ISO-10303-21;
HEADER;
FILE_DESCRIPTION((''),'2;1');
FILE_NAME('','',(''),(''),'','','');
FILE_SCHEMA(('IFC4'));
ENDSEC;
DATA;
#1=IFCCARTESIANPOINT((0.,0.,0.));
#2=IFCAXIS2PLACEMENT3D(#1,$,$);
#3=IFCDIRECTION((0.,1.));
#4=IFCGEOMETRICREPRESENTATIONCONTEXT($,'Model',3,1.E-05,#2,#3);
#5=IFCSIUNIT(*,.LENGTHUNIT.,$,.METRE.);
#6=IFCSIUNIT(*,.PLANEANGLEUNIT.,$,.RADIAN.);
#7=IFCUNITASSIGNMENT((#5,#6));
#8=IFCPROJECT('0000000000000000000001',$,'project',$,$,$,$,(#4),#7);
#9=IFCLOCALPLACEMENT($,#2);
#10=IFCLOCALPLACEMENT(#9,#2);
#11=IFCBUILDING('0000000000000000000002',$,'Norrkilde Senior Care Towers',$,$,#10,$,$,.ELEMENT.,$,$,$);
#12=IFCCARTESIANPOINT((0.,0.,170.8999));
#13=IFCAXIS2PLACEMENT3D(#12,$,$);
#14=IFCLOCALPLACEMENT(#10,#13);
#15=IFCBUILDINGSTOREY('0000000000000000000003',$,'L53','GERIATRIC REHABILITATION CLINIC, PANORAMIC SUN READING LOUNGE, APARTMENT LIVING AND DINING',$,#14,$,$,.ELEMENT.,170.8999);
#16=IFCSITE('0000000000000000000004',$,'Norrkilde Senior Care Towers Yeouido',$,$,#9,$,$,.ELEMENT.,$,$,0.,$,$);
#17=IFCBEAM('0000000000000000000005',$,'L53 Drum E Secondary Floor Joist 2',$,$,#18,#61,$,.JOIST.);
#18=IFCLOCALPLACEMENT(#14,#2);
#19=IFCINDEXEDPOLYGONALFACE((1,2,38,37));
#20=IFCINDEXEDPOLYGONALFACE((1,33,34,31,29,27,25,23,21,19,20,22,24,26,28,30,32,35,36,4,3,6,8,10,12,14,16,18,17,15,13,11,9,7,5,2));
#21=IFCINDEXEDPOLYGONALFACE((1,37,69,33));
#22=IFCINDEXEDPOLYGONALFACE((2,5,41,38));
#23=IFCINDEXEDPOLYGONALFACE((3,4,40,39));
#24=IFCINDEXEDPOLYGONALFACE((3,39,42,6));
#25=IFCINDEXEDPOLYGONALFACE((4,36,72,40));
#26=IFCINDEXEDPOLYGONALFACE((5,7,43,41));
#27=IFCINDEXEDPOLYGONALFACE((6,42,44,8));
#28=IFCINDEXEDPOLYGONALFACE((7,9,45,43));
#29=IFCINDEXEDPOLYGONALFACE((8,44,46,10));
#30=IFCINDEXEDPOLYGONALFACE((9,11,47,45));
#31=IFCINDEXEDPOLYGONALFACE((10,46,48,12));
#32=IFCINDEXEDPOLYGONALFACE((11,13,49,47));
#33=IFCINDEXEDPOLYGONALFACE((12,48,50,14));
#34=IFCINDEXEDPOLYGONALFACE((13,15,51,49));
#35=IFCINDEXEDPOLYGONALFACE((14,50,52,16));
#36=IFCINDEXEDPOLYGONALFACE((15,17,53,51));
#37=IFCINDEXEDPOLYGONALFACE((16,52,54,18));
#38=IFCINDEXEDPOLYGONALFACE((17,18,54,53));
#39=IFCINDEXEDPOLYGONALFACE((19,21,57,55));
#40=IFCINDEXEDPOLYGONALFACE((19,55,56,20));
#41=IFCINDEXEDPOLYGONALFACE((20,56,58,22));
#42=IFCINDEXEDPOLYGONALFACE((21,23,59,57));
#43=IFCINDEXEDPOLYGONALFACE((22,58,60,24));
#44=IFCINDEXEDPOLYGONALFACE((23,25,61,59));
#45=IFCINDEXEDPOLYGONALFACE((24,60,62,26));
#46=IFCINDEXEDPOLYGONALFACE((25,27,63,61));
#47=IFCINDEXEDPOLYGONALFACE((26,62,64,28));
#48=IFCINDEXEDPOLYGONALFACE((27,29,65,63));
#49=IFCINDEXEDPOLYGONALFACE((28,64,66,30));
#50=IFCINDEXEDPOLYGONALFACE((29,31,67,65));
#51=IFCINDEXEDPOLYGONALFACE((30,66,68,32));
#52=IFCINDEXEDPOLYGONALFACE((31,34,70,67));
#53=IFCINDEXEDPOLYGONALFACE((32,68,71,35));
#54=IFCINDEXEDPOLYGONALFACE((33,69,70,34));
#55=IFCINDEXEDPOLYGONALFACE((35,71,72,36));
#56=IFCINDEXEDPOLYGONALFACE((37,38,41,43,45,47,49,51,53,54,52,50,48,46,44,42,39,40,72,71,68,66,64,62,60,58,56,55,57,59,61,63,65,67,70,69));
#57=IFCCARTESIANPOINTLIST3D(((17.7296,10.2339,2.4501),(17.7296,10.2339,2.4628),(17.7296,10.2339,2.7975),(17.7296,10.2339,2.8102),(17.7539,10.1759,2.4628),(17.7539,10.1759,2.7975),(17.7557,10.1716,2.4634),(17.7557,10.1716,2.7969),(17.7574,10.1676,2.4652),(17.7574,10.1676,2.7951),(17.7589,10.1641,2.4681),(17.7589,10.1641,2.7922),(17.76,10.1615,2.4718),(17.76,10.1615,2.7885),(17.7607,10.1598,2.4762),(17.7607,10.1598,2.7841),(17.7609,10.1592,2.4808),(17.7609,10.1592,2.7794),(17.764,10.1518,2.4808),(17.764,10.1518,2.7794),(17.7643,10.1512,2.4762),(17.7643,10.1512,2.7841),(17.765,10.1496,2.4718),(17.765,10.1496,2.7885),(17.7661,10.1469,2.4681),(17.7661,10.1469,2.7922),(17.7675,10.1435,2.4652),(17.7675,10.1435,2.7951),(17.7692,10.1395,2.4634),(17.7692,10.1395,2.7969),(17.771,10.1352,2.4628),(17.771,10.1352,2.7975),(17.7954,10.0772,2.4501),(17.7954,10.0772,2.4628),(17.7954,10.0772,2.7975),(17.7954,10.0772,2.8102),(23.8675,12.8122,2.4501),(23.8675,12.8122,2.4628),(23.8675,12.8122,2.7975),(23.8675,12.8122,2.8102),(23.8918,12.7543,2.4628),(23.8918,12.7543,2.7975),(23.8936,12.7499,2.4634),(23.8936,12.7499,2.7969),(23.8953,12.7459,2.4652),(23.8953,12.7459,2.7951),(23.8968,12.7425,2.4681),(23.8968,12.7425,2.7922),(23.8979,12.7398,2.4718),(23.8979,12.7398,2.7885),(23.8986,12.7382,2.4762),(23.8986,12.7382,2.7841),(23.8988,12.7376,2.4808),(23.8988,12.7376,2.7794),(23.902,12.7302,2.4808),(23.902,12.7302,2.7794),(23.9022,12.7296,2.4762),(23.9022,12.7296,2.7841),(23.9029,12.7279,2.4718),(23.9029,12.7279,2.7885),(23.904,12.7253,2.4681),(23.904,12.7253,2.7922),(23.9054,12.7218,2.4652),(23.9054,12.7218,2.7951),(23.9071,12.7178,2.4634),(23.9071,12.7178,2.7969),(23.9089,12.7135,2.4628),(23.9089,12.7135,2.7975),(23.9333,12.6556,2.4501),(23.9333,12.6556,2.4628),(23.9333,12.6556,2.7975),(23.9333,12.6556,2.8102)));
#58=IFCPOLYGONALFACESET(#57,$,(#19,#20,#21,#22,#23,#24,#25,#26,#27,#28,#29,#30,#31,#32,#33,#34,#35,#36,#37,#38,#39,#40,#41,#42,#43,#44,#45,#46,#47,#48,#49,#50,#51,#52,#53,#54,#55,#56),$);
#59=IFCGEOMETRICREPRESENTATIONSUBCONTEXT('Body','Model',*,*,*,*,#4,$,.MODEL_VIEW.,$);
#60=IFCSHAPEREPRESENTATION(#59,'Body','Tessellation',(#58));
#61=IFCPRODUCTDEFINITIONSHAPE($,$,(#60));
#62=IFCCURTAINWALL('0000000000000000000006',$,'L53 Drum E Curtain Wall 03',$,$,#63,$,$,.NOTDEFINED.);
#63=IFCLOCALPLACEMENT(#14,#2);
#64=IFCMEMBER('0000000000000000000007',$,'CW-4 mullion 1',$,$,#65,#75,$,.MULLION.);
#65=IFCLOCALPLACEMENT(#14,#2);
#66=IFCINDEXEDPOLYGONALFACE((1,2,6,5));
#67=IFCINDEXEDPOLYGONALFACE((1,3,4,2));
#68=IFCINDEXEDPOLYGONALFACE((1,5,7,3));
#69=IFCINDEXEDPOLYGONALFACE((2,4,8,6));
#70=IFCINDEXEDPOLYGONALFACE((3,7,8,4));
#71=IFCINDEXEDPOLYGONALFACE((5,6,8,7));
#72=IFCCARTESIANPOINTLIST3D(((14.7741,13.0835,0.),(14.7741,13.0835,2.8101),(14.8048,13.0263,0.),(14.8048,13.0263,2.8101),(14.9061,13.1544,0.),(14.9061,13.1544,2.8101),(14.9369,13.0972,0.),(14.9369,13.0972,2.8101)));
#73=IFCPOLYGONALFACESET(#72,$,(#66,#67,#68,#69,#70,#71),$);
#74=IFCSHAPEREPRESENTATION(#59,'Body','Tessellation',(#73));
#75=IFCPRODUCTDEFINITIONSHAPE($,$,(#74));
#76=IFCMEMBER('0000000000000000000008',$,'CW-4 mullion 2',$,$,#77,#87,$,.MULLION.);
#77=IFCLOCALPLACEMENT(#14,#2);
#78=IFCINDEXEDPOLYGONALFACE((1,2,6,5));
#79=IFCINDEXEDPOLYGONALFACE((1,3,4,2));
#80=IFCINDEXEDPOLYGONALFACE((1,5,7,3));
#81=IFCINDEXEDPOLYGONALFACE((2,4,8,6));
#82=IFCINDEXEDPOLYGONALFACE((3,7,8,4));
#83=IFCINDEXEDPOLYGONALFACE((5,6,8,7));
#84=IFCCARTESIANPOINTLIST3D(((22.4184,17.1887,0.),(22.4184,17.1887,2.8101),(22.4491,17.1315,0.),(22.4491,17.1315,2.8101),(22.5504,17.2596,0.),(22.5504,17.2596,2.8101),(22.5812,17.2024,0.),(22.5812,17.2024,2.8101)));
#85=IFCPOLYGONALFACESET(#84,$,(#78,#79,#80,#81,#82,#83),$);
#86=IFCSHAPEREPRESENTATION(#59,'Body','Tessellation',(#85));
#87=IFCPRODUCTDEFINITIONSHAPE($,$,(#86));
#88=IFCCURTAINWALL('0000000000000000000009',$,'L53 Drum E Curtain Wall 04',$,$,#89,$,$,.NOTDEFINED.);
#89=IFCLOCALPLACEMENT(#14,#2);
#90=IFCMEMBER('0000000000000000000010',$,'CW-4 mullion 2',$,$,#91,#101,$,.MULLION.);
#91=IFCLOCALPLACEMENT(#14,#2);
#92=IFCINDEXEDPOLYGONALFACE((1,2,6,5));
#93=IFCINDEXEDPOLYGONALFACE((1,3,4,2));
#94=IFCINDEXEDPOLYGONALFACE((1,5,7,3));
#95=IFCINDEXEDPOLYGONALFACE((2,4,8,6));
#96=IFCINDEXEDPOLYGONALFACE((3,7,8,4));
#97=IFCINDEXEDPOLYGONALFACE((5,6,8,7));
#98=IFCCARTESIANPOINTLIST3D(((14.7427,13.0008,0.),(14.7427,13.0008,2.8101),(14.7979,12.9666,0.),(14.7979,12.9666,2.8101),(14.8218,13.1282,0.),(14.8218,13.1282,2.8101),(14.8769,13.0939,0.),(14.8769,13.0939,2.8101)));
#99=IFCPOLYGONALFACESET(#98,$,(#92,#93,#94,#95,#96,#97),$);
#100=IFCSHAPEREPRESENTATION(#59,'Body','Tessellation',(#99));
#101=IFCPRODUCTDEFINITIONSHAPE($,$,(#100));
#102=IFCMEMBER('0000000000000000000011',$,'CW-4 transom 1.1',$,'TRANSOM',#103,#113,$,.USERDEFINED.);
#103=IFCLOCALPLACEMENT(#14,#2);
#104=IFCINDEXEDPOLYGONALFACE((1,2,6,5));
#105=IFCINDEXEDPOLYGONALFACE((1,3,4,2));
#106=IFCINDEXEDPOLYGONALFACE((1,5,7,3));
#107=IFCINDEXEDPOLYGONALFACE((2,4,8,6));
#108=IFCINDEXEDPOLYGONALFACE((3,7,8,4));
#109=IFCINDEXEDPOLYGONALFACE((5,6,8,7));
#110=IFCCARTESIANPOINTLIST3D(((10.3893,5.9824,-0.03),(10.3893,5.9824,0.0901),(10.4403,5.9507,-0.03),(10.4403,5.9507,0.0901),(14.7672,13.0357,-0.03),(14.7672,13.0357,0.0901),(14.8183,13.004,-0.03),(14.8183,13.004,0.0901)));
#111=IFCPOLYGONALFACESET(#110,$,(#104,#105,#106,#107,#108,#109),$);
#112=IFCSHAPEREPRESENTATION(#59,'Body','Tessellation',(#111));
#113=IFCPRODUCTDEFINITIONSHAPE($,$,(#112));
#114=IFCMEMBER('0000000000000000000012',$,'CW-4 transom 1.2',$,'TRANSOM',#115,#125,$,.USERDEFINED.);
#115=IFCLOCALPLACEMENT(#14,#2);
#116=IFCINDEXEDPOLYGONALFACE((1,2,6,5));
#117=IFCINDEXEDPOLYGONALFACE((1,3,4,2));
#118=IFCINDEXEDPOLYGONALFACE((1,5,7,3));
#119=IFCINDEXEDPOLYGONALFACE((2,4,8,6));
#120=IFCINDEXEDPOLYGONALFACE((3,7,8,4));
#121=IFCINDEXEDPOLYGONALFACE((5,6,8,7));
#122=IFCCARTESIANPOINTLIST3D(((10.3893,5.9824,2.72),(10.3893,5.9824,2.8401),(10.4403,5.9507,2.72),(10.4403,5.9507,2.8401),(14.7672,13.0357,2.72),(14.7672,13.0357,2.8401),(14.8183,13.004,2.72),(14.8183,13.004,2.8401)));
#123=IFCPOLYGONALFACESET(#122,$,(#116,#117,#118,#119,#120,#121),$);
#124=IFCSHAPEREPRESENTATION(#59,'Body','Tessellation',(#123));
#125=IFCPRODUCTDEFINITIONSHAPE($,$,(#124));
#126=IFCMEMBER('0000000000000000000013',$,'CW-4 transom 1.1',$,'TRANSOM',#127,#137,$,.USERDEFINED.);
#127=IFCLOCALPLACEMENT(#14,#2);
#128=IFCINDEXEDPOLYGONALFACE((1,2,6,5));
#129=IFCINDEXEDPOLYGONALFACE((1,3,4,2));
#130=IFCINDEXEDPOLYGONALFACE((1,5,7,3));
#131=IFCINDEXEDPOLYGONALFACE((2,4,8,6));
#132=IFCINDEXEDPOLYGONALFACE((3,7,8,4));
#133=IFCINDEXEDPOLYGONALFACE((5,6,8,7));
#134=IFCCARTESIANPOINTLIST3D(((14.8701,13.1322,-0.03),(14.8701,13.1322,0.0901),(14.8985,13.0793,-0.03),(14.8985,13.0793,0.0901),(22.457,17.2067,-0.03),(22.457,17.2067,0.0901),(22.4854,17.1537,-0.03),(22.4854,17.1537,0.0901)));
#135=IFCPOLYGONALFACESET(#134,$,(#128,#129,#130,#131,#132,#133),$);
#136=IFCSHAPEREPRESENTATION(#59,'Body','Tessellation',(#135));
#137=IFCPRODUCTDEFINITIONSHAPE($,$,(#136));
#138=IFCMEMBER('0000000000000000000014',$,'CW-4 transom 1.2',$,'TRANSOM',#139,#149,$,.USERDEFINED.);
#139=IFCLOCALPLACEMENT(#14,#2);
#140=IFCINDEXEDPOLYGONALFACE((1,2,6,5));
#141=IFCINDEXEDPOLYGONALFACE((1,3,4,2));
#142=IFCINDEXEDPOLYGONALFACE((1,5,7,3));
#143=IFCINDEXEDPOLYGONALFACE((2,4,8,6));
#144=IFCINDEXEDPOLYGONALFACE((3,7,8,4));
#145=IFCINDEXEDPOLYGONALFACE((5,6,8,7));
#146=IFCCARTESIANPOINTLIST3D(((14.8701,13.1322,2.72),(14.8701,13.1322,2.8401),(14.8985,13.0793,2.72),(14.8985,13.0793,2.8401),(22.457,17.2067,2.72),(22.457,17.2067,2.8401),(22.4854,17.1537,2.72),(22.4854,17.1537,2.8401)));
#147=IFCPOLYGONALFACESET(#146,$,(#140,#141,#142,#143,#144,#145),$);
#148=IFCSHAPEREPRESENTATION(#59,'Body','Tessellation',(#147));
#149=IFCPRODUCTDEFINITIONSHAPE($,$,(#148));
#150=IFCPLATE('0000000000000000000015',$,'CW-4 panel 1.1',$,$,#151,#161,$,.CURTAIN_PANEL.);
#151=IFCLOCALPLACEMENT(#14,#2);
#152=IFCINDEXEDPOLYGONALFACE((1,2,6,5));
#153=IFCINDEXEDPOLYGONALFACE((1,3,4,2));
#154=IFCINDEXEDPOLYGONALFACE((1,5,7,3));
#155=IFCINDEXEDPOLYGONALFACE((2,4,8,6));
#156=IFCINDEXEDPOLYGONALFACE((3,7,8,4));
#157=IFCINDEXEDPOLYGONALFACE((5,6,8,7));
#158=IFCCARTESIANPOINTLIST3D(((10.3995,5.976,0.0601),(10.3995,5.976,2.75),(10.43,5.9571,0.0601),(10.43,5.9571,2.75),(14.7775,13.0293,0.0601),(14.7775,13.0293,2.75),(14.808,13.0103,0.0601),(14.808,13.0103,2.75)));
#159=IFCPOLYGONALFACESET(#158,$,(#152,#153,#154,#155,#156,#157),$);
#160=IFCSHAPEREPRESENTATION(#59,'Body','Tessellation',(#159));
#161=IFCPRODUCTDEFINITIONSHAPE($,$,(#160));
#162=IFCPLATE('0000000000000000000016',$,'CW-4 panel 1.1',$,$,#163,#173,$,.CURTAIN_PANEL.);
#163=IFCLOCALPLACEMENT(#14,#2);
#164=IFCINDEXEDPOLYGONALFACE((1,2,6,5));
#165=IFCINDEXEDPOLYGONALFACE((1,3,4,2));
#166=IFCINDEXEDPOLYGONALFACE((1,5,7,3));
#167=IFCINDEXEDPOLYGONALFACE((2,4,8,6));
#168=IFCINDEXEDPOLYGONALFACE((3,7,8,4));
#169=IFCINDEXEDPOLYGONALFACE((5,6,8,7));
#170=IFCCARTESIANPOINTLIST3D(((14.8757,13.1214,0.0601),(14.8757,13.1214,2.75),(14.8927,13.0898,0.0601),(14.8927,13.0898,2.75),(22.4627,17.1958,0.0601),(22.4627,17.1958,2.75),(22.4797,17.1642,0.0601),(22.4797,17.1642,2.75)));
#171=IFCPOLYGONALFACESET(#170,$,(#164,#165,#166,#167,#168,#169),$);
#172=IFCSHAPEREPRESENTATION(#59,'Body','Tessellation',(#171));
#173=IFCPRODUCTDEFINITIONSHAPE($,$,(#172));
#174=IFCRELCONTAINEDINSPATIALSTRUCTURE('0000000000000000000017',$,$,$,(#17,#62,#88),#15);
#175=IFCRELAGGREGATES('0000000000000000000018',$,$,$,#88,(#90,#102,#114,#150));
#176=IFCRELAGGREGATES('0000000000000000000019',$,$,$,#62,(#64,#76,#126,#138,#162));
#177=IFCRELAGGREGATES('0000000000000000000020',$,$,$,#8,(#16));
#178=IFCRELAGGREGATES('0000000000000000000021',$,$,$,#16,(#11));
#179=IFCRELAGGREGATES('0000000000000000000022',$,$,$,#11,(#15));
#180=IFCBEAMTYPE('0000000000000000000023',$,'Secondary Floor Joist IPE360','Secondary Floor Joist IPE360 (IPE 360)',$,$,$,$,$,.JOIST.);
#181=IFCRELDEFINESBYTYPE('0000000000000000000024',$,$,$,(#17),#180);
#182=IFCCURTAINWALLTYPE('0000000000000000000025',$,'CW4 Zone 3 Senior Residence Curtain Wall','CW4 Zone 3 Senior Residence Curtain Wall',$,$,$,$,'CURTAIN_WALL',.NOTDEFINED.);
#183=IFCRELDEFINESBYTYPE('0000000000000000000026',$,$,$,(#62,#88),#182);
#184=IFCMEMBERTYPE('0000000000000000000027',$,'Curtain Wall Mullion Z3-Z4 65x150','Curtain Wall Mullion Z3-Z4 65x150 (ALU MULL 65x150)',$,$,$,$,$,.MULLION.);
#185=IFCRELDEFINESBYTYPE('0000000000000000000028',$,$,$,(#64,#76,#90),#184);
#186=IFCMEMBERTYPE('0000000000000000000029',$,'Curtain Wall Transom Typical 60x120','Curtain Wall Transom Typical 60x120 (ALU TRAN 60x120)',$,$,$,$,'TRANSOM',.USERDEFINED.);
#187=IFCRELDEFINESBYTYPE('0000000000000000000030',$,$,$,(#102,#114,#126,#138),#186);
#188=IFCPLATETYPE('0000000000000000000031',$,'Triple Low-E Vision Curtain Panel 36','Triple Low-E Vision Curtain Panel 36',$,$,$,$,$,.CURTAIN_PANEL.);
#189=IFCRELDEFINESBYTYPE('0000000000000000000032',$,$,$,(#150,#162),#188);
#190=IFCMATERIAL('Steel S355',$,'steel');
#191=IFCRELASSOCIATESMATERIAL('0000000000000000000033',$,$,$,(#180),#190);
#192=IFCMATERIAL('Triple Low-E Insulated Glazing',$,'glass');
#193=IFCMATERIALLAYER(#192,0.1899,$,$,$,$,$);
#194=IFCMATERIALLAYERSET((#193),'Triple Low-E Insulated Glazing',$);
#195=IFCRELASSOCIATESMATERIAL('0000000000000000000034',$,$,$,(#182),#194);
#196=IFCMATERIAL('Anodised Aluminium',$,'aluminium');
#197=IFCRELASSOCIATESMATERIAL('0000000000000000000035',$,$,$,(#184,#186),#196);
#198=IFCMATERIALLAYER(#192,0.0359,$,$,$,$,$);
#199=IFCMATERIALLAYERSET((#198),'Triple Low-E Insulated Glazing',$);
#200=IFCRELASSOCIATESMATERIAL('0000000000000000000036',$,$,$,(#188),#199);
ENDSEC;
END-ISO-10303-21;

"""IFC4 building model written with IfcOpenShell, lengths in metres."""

from ifc_helpers import new_model, si_unit, direction, frame, origin, origin_2d, place, context, subcontext, project, spatial, rectangle, i_section, extrude, source, transform, mapped, material, layer, layer_set, material_profile, profile_set, type_object, type_shapes, element, aggregate, save


model = new_model("IFC4")

# Units and contexts
model_context = context("Model", 3, precision=1e-05, world=origin(), true_north=direction((0.0, 1.0)))
body_context = subcontext(model_context, "Body", "Model", "MODEL_VIEW")
ifc_project = project(units=[si_unit("LENGTHUNIT", "METRE"), si_unit("PLANEANGLEUNIT", "RADIAN")], contexts=[model_context])

# Site, building, storey
site_placement = place(None, origin())
site = spatial("IfcSite", under=ifc_project, at=site_placement, Name="Norrkilde Senior Care Towers Yeouido", CompositionType="ELEMENT", RefElevation=0.0)
building_placement = place(site_placement, origin())
building = spatial("IfcBuilding", under=site, at=building_placement, Name="Norrkilde Senior Care Towers", CompositionType="ELEMENT")
storey_placement = place(building_placement, frame((0.0, 0.0, 170.8999)))
storey = spatial("IfcBuildingStorey", under=building, at=storey_placement, Name="L53", Description="GERIATRIC REHABILITATION CLINIC, PANORAMIC SUN READING LOUNGE, APARTMENT LIVING AND DINING", CompositionType="ELEMENT", Elevation=170.8999)

# Beam
ifc_material_1 = material(Name="Steel S355", Category="steel")
ifc_material_profile_1 = material_profile(ifc_material_1, i_section(OverallWidth=0.1699, OverallDepth=0.3601, WebThickness=0.0081, FlangeThickness=0.0127, FilletRadius=0.0181, at=origin_2d()), Name="IPE 360")
ifc_profile_set_1 = profile_set([ifc_material_profile_1], Name="Steel S355")
beam_type_1 = type_object("IfcBeamType", Name="Secondary Floor Joist IPE360", Description="Secondary Floor Joist IPE360 (IPE 360)", PredefinedType="JOIST", material=ifc_profile_set_1)
shared_shape_1 = source(origin(), body_context, "Body", "SweptSolid", [
    extrude(i_section(OverallWidth=0.1699, OverallDepth=0.3601, WebThickness=0.0081, FlangeThickness=0.0127, FilletRadius=0.0181, at=origin_2d()), origin(), (0.0, 0.0, 1.0), 6.6575),
])
type_shapes(beam_type_1, [shared_shape_1])
beam_1_placement = place(storey_placement, frame((23.9004, 12.7339, 2.6301), z_axis=(-0.921959, -0.387288, 0.0), x_axis=(0.387288, -0.921959, 0.0)))
element("IfcBeam", 1, at=beam_1_placement, inside=storey, type_object=beam_type_1, Name="L53 Drum E Secondary Floor Joist 2", PredefinedType="JOIST", context=body_context, shape_type="MappedRepresentation", body=[
    mapped(shared_shape_1, transform((0.0, 0.0, 0.0), x_axis=(1.0, 0.0, 0.0), y_axis=(0.0, 1.0, 0.0), z_axis=(0.0, 0.0, 1.0), scale=1.0)),
])

# Curtain walls, members
ifc_material_2 = material(Name="Triple Low-E Insulated Glazing", Category="glass")
ifc_layer_1 = layer(ifc_material_2, 0.1899)
ifc_layer_set_1 = layer_set([ifc_layer_1], Name="Triple Low-E Insulated Glazing")
curtain_wall_type = type_object("IfcCurtainWallType", Name="CW4 Zone 3 Senior Residence Curtain Wall", Description="CW4 Zone 3 Senior Residence Curtain Wall", ElementType="CURTAIN_WALL", PredefinedType="NOTDEFINED", material=ifc_layer_set_1)
curtain_wall_1_placement = place(storey_placement, origin())
curtain_wall_1 = element("IfcCurtainWall", 2, at=curtain_wall_1_placement, inside=storey, type_object=curtain_wall_type, Name="L53 Drum E Curtain Wall 03", PredefinedType="NOTDEFINED")
ifc_material_3 = material(Name="Anodised Aluminium", Category="aluminium")
ifc_material_profile_2 = material_profile(ifc_material_3, rectangle(XDim=0.0649, YDim=0.1499, at=origin_2d()), Name="ALU MULL 65x150")
ifc_profile_set_2 = profile_set([ifc_material_profile_2], Name="Anodised Aluminium")
member_type_1 = type_object("IfcMemberType", Name="Curtain Wall Mullion Z3-Z4 65x150", Description="Curtain Wall Mullion Z3-Z4 65x150 (ALU MULL 65x150)", PredefinedType="MULLION", material=ifc_profile_set_2)
shared_shape_2 = source(origin(), body_context, "Body", "SweptSolid", [
    extrude(rectangle(XDim=0.0649, YDim=0.1499, at=origin_2d()), origin(), (0.0, 0.0, 1.0), 2.8101),
])
type_shapes(member_type_1, [shared_shape_2])
member_1_placement = place(storey_placement, frame((14.8555, 13.0903, 0.0), z_axis=(0.0, 0.0, 1.0), x_axis=(-0.473117, 0.881, 0.0)))
member_1 = element("IfcMember", 3, at=member_1_placement, type_object=member_type_1, Name="CW-4 mullion 1", PredefinedType="MULLION", context=body_context, shape_type="MappedRepresentation", body=[
    mapped(shared_shape_2, transform((0.0, 0.0, 0.0), x_axis=(1.0, 0.0, 0.0), y_axis=(0.0, 1.0, 0.0), z_axis=(0.0, 0.0, 1.0), scale=1.0)),
])
member_2_placement = place(storey_placement, frame((22.4998, 17.1956, 0.0), z_axis=(0.0, 0.0, 1.0), x_axis=(-0.473117, 0.881, 0.0)))
member_2 = element("IfcMember", 4, at=member_2_placement, type_object=member_type_1, Name="CW-4 mullion 2", PredefinedType="MULLION", context=body_context, shape_type="MappedRepresentation", body=[
    mapped(shared_shape_2, transform((0.0, 0.0, 0.0), x_axis=(1.0, 0.0, 0.0), y_axis=(0.0, 1.0, 0.0), z_axis=(0.0, 0.0, 1.0), scale=1.0)),
])
curtain_wall_2_placement = place(storey_placement, origin())
curtain_wall_2 = element("IfcCurtainWall", 5, at=curtain_wall_2_placement, inside=storey, type_object=curtain_wall_type, Name="L53 Drum E Curtain Wall 04", PredefinedType="NOTDEFINED")
member_3_placement = place(storey_placement, frame((14.8098, 13.0474, 0.0), z_axis=(0.0, 0.0, 1.0), x_axis=(-0.849634, 0.527373, 0.0)))
member_3 = element("IfcMember", 6, at=member_3_placement, type_object=member_type_1, Name="CW-4 mullion 2", PredefinedType="MULLION", context=body_context, shape_type="MappedRepresentation", body=[
    mapped(shared_shape_2, transform((0.0, 0.0, 0.0), x_axis=(1.0, 0.0, 0.0), y_axis=(0.0, 1.0, 0.0), z_axis=(0.0, 0.0, 1.0), scale=1.0)),
])
ifc_material_profile_3 = material_profile(ifc_material_3, rectangle(XDim=0.0601, YDim=0.1201, at=origin_2d()), Name="ALU TRAN 60x120")
ifc_profile_set_3 = profile_set([ifc_material_profile_3], Name="Anodised Aluminium")
member_type_2 = type_object("IfcMemberType", Name="Curtain Wall Transom Typical 60x120", Description="Curtain Wall Transom Typical 60x120 (ALU TRAN 60x120)", ElementType="TRANSOM", PredefinedType="USERDEFINED", material=ifc_profile_set_3)
shared_shape_3 = source(origin(), body_context, "Body", "SweptSolid", [
    extrude(rectangle(XDim=0.0601, YDim=0.1201, at=origin_2d()), origin(), (0.0, 0.0, 1.0), 8.3015),
])
member_4_placement = place(storey_placement, frame((10.4148, 5.9666, 0.03), z_axis=(0.527369, 0.849637, 0.0), x_axis=(-0.849637, 0.527369, 0.0)))
member_4 = element("IfcMember", 7, at=member_4_placement, type_object=member_type_2, Name="CW-4 transom 1.1", ObjectType="TRANSOM", PredefinedType="USERDEFINED", context=body_context, shape_type="MappedRepresentation", body=[
    mapped(shared_shape_3, transform((0.0, 0.0, 0.0), x_axis=(1.0, 0.0, 0.0), y_axis=(0.0, 1.0, 0.0), z_axis=(0.0, 0.0, 1.0), scale=1.0)),
])
member_5_placement = place(storey_placement, frame((10.4148, 5.9666, 2.78), z_axis=(0.527369, 0.849637, 0.0), x_axis=(-0.849637, 0.527369, 0.0)))
member_5 = element("IfcMember", 8, at=member_5_placement, type_object=member_type_2, Name="CW-4 transom 1.2", ObjectType="TRANSOM", PredefinedType="USERDEFINED", context=body_context, shape_type="MappedRepresentation", body=[
    mapped(shared_shape_3, transform((0.0, 0.0, 0.0), x_axis=(1.0, 0.0, 0.0), y_axis=(0.0, 1.0, 0.0), z_axis=(0.0, 0.0, 1.0), scale=1.0)),
])

# Members
shared_shape_4 = source(origin(), body_context, "Body", "SweptSolid", [
    extrude(rectangle(XDim=0.0601, YDim=0.1201, at=origin_2d()), origin(), (0.0, 0.0, 1.0), 8.6118),
])
type_shapes(member_type_2, [shared_shape_3, shared_shape_4])
member_6_placement = place(storey_placement, frame((14.8843, 13.1057, 0.03), z_axis=(0.880994, 0.473127, 0.0), x_axis=(-0.473127, 0.880994, 0.0)))
member_6 = element("IfcMember", 9, at=member_6_placement, type_object=member_type_2, Name="CW-4 transom 1.1", ObjectType="TRANSOM", PredefinedType="USERDEFINED", context=body_context, shape_type="MappedRepresentation", body=[
    mapped(shared_shape_4, transform((0.0, 0.0, 0.0), x_axis=(1.0, 0.0, 0.0), y_axis=(0.0, 1.0, 0.0), z_axis=(0.0, 0.0, 1.0), scale=1.0)),
])
member_7_placement = place(storey_placement, frame((14.8843, 13.1057, 2.78), z_axis=(0.880994, 0.473127, 0.0), x_axis=(-0.473127, 0.880994, 0.0)))
member_7 = element("IfcMember", 10, at=member_7_placement, type_object=member_type_2, Name="CW-4 transom 1.2", ObjectType="TRANSOM", PredefinedType="USERDEFINED", context=body_context, shape_type="MappedRepresentation", body=[
    mapped(shared_shape_4, transform((0.0, 0.0, 0.0), x_axis=(1.0, 0.0, 0.0), y_axis=(0.0, 1.0, 0.0), z_axis=(0.0, 0.0, 1.0), scale=1.0)),
])

# Plates
ifc_layer_2 = layer(ifc_material_2, 0.0359)
ifc_layer_set_2 = layer_set([ifc_layer_2], Name="Triple Low-E Insulated Glazing")
plate_type = type_object("IfcPlateType", Name="Triple Low-E Vision Curtain Panel 36", Description="Triple Low-E Vision Curtain Panel 36", PredefinedType="CURTAIN_PANEL", material=ifc_layer_set_2)
shared_shape_5 = source(origin(), body_context, "Body", "SweptSolid", [
    extrude(rectangle(XDim=8.3015, YDim=0.0359, at=origin_2d()), origin(), (0.0, 0.0, 1.0), 2.6899),
])
plate_1_placement = place(storey_placement, frame((12.6038, 9.4932, 0.0601), z_axis=(0.0, 0.0, 1.0), x_axis=(0.527373, 0.849634, 0.0)))
plate_1 = element("IfcPlate", 11, at=plate_1_placement, type_object=plate_type, Name="CW-4 panel 1.1", PredefinedType="CURTAIN_PANEL", context=body_context, shape_type="MappedRepresentation", body=[
    mapped(shared_shape_5, transform((0.0, 0.0, 0.0), x_axis=(1.0, 0.0, 0.0), y_axis=(0.0, 1.0, 0.0), z_axis=(0.0, 0.0, 1.0), scale=1.0)),
])
aggregate(curtain_wall_2, [member_3, member_4, member_5, plate_1])
shared_shape_6 = source(origin(), body_context, "Body", "SweptSolid", [
    extrude(rectangle(XDim=8.6118, YDim=0.0359, at=origin_2d()), origin(), (0.0, 0.0, 1.0), 2.6899),
])
type_shapes(plate_type, [shared_shape_5, shared_shape_6])
plate_2_placement = place(storey_placement, frame((18.6777, 15.1428, 0.0601), z_axis=(0.0, 0.0, 1.0), x_axis=(0.881, 0.473117, 0.0)))
plate_2 = element("IfcPlate", 12, at=plate_2_placement, type_object=plate_type, Name="CW-4 panel 1.1", PredefinedType="CURTAIN_PANEL", context=body_context, shape_type="MappedRepresentation", body=[
    mapped(shared_shape_6, transform((0.0, 0.0, 0.0), x_axis=(1.0, 0.0, 0.0), y_axis=(0.0, 1.0, 0.0), z_axis=(0.0, 0.0, 1.0), scale=1.0)),
])
aggregate(curtain_wall_1, [member_1, member_2, member_6, member_7, plate_2])

save(model, "model.ifc")
